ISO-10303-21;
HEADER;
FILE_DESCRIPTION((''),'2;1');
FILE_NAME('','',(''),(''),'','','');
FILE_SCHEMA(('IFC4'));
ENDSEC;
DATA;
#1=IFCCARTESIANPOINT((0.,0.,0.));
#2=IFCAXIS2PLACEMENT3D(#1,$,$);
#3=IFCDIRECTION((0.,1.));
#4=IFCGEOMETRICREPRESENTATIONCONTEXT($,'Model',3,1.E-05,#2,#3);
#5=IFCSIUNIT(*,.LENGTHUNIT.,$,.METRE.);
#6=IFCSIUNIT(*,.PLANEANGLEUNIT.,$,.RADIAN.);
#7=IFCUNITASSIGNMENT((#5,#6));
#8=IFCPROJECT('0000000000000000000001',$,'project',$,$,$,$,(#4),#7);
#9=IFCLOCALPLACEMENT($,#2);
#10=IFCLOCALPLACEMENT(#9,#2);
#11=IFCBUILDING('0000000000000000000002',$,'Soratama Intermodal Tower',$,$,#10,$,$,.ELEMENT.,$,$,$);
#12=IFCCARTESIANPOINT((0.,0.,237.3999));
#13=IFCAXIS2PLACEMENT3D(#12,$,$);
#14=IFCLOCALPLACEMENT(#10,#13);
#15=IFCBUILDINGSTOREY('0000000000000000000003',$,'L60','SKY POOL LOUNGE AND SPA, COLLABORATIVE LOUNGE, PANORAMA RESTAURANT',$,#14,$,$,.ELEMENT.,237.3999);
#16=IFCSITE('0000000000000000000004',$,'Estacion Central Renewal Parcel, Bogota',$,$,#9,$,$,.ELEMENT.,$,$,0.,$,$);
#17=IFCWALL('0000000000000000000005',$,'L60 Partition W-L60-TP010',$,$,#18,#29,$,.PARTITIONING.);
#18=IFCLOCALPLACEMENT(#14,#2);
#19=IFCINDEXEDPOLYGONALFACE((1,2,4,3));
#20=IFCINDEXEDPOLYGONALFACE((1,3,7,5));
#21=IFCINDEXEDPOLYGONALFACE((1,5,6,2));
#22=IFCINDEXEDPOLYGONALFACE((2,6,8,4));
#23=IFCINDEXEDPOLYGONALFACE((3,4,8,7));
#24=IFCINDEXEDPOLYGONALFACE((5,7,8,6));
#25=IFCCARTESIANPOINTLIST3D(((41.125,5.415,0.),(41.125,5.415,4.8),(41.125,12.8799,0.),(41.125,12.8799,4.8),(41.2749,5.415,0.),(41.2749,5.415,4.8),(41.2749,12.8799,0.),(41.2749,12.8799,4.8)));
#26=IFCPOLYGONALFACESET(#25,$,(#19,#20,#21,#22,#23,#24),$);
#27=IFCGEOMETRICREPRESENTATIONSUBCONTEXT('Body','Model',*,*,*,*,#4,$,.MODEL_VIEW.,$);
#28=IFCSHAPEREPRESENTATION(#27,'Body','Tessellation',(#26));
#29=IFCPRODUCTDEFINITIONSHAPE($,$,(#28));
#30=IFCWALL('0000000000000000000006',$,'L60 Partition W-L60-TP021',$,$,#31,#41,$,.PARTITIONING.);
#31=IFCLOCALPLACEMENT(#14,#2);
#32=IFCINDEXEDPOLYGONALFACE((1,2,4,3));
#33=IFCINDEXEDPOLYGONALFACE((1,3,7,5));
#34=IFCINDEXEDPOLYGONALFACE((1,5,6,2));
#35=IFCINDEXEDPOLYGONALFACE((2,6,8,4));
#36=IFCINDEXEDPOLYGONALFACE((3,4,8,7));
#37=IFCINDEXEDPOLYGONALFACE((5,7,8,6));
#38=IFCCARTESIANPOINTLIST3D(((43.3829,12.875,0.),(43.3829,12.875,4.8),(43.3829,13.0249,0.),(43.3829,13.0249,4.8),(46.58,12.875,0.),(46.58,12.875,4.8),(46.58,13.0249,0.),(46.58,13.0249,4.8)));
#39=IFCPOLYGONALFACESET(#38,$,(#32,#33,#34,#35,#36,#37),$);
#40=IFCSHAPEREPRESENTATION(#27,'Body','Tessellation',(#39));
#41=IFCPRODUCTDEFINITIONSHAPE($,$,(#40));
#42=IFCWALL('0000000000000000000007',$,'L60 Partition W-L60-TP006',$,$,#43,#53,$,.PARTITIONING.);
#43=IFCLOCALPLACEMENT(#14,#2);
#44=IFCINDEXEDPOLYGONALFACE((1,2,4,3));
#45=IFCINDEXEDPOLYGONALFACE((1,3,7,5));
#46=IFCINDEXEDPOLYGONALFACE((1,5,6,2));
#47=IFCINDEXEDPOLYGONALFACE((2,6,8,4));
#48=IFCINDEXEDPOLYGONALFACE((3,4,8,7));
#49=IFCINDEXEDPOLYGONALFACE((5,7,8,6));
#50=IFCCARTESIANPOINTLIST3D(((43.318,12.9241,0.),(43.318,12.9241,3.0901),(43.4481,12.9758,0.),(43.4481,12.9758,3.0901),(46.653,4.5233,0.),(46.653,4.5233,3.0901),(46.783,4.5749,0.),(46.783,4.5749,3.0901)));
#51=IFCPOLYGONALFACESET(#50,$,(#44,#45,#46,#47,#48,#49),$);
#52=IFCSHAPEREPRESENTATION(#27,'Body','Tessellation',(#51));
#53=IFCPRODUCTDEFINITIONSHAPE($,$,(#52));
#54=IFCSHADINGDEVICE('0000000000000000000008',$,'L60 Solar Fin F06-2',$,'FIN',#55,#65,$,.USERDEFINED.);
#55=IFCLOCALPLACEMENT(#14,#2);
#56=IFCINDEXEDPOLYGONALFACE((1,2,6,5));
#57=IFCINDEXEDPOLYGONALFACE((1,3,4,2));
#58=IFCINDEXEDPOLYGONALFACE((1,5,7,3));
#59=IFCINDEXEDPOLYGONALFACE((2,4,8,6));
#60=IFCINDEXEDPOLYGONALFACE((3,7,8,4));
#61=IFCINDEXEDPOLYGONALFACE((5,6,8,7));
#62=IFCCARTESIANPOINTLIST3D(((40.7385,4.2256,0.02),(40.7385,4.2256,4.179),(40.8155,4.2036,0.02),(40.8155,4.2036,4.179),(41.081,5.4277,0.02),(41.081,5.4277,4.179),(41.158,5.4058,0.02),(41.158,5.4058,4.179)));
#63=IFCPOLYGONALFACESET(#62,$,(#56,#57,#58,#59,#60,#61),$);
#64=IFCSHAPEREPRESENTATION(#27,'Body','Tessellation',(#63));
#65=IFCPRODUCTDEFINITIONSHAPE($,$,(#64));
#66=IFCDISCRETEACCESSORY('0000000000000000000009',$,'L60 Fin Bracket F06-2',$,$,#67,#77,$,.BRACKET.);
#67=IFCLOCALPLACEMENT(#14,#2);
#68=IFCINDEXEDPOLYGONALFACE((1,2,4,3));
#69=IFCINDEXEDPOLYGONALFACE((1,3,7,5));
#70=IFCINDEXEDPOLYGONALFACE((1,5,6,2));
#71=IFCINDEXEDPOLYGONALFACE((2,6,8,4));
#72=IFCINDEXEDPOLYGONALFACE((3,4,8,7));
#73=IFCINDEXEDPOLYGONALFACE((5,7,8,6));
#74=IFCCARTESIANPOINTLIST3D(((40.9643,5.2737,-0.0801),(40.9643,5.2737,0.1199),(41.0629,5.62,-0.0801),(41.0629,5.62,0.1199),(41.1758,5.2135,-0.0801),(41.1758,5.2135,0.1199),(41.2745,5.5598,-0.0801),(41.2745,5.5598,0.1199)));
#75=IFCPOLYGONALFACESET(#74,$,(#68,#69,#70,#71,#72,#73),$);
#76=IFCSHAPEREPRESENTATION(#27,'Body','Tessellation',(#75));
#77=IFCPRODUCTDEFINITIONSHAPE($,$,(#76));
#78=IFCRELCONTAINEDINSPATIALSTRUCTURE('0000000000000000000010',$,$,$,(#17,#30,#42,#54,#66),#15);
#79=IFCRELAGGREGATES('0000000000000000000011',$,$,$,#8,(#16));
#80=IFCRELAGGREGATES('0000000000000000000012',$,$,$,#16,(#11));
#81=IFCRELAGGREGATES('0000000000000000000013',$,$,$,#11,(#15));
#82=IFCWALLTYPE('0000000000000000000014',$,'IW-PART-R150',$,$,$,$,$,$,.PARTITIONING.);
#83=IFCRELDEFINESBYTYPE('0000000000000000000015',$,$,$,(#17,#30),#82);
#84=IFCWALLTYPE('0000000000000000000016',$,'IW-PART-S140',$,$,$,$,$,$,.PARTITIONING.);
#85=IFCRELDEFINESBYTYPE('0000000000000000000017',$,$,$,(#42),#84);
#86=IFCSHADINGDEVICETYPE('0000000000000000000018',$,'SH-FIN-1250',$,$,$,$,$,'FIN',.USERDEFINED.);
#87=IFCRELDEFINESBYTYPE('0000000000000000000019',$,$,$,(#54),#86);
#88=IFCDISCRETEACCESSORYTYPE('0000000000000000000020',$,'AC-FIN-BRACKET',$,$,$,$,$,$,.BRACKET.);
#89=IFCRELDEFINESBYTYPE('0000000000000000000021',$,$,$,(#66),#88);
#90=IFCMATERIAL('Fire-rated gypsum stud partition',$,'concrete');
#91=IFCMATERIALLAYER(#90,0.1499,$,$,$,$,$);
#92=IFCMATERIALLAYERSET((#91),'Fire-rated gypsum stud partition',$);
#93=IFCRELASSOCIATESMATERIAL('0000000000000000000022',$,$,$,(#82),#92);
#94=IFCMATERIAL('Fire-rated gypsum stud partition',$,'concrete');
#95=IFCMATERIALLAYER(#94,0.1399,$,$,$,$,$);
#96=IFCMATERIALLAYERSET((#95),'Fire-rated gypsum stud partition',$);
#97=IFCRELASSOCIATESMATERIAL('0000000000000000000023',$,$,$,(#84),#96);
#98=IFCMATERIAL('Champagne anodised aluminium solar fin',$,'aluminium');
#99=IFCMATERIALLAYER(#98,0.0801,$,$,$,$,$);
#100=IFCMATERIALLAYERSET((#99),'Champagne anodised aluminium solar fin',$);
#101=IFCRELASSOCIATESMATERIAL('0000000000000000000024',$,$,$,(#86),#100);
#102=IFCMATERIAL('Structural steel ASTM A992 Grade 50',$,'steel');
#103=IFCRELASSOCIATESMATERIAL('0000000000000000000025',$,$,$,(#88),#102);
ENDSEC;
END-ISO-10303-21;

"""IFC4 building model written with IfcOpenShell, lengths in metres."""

from ifc_helpers import new_model, si_unit, direction, frame, frame_2d, origin, origin_2d, place, context, subcontext, project, spatial, rectangle, extrude, material, layer, layer_set, type_object, element, save


model = new_model("IFC4")

# Units and contexts
model_context = context("Model", 3, precision=1e-05, world=origin(), true_north=direction((0.0, 1.0)))
body_context = subcontext(model_context, "Body", "Model", "MODEL_VIEW")
ifc_project = project(units=[si_unit("LENGTHUNIT", "METRE"), si_unit("PLANEANGLEUNIT", "RADIAN")], contexts=[model_context])

# Site, building, storey
site_placement = place(None, origin())
site = spatial("IfcSite", under=ifc_project, at=site_placement, Name="Estacion Central Renewal Parcel, Bogota", CompositionType="ELEMENT", RefElevation=0.0)
building_placement = place(site_placement, origin())
building = spatial("IfcBuilding", under=site, at=building_placement, Name="Soratama Intermodal Tower", CompositionType="ELEMENT")
storey_placement = place(building_placement, frame((0.0, 0.0, 237.3999)))
storey = spatial("IfcBuildingStorey", under=building, at=storey_placement, Name="L60", Description="SKY POOL LOUNGE AND SPA, COLLABORATIVE LOUNGE, PANORAMA RESTAURANT", CompositionType="ELEMENT", Elevation=237.3999)

# Shared definitions
ifc_material_1 = material(Name="Fire-rated gypsum stud partition", Category="concrete")
ifc_layer_1 = layer(ifc_material_1, 0.1499)
ifc_layer_set_1 = layer_set([ifc_layer_1], Name="Fire-rated gypsum stud partition")
wall_type_1 = type_object("IfcWallType", Name="IW-PART-R150", PredefinedType="PARTITIONING", material=ifc_layer_set_1)

# Walls
wall_1_placement = place(storey_placement, frame((41.2, 5.415, 0.0), z_axis=(0.0, 0.0, 1.0), x_axis=(0.0, 1.0, 0.0)))
element("IfcWall", 1, at=wall_1_placement, inside=storey, type_object=wall_type_1, Name="L60 Partition W-L60-TP010", PredefinedType="PARTITIONING", context=body_context, shape_type="SweptSolid", body=[
    extrude(rectangle(XDim=7.4648, YDim=0.1499, at=frame_2d((3.7324, 0.0))), origin(), (0.0, 0.0, 1.0), 4.8),
])
wall_2_placement = place(storey_placement, frame((46.5801, 12.95, 0.0), z_axis=(0.0, 0.0, 1.0), x_axis=(-1.0, 0.0, 0.0)))
element("IfcWall", 2, at=wall_2_placement, inside=storey, type_object=wall_type_1, Name="L60 Partition W-L60-TP021", PredefinedType="PARTITIONING", context=body_context, shape_type="SweptSolid", body=[
    extrude(rectangle(XDim=3.197, YDim=0.1499, at=frame_2d((1.5986, 0.0))), origin(), (0.0, 0.0, 1.0), 4.8),
])
ifc_material_2 = material(Name="Fire-rated gypsum stud partition", Category="concrete")
ifc_layer_2 = layer(ifc_material_2, 0.1399)
ifc_layer_set_2 = layer_set([ifc_layer_2], Name="Fire-rated gypsum stud partition")
wall_type_2 = type_object("IfcWallType", Name="IW-PART-S140", PredefinedType="PARTITIONING", material=ifc_layer_set_2)
wall_3_placement = place(storey_placement, frame((43.3831, 12.95, 0.0), z_axis=(0.0, 0.0, 1.0), x_axis=(0.368968, -0.929442, 0.0)))
element("IfcWall", 3, at=wall_3_placement, inside=storey, type_object=wall_type_2, Name="L60 Partition W-L60-TP006", PredefinedType="PARTITIONING", context=body_context, shape_type="SweptSolid", body=[
    extrude(rectangle(XDim=9.0386, YDim=0.1399, at=frame_2d((4.5193, 0.0))), origin(), (0.0, 0.0, 1.0), 3.0901),
])

# Shading device
ifc_material_3 = material(Name="Champagne anodised aluminium solar fin", Category="aluminium")
ifc_layer_3 = layer(ifc_material_3, 0.0801)
ifc_layer_set_3 = layer_set([ifc_layer_3], Name="Champagne anodised aluminium solar fin")
shading_device_type = type_object("IfcShadingDeviceType", Name="SH-FIN-1250", ElementType="FIN", PredefinedType="USERDEFINED", material=ifc_layer_set_3)
shading_device_placement = place(storey_placement, frame((40.9482, 4.8157, 0.02), z_axis=(0.0, 0.0, 1.0), x_axis=(-0.273959, -0.961741, 0.0)))
element("IfcShadingDevice", 4, at=shading_device_placement, inside=storey, type_object=shading_device_type, Name="L60 Solar Fin F06-2", ObjectType="FIN", PredefinedType="USERDEFINED", context=body_context, shape_type="SweptSolid", body=[
    extrude(rectangle(XDim=1.25, YDim=0.0801, at=origin_2d()), origin(), (0.0, 0.0, 1.0), 4.1589),
])

# Discrete accessory
ifc_material_4 = material(Name="Structural steel ASTM A992 Grade 50", Category="steel")
discrete_accessory_type = type_object("IfcDiscreteAccessoryType", Name="AC-FIN-BRACKET", PredefinedType="BRACKET", material=ifc_material_4)
discrete_accessory_placement = place(storey_placement, frame((41.1194, 5.4167, -0.0801), z_axis=(0.0, 0.0, 1.0), x_axis=(-0.273959, -0.961741, 0.0)))
element("IfcDiscreteAccessory", 5, at=discrete_accessory_placement, inside=storey, type_object=discrete_accessory_type, Name="L60 Fin Bracket F06-2", PredefinedType="BRACKET", context=body_context, shape_type="SweptSolid", body=[
    extrude(rectangle(XDim=0.3601, YDim=0.22, at=origin_2d()), origin(), (0.0, 0.0, 1.0), 0.2),
])

save(model, "model.ifc")
